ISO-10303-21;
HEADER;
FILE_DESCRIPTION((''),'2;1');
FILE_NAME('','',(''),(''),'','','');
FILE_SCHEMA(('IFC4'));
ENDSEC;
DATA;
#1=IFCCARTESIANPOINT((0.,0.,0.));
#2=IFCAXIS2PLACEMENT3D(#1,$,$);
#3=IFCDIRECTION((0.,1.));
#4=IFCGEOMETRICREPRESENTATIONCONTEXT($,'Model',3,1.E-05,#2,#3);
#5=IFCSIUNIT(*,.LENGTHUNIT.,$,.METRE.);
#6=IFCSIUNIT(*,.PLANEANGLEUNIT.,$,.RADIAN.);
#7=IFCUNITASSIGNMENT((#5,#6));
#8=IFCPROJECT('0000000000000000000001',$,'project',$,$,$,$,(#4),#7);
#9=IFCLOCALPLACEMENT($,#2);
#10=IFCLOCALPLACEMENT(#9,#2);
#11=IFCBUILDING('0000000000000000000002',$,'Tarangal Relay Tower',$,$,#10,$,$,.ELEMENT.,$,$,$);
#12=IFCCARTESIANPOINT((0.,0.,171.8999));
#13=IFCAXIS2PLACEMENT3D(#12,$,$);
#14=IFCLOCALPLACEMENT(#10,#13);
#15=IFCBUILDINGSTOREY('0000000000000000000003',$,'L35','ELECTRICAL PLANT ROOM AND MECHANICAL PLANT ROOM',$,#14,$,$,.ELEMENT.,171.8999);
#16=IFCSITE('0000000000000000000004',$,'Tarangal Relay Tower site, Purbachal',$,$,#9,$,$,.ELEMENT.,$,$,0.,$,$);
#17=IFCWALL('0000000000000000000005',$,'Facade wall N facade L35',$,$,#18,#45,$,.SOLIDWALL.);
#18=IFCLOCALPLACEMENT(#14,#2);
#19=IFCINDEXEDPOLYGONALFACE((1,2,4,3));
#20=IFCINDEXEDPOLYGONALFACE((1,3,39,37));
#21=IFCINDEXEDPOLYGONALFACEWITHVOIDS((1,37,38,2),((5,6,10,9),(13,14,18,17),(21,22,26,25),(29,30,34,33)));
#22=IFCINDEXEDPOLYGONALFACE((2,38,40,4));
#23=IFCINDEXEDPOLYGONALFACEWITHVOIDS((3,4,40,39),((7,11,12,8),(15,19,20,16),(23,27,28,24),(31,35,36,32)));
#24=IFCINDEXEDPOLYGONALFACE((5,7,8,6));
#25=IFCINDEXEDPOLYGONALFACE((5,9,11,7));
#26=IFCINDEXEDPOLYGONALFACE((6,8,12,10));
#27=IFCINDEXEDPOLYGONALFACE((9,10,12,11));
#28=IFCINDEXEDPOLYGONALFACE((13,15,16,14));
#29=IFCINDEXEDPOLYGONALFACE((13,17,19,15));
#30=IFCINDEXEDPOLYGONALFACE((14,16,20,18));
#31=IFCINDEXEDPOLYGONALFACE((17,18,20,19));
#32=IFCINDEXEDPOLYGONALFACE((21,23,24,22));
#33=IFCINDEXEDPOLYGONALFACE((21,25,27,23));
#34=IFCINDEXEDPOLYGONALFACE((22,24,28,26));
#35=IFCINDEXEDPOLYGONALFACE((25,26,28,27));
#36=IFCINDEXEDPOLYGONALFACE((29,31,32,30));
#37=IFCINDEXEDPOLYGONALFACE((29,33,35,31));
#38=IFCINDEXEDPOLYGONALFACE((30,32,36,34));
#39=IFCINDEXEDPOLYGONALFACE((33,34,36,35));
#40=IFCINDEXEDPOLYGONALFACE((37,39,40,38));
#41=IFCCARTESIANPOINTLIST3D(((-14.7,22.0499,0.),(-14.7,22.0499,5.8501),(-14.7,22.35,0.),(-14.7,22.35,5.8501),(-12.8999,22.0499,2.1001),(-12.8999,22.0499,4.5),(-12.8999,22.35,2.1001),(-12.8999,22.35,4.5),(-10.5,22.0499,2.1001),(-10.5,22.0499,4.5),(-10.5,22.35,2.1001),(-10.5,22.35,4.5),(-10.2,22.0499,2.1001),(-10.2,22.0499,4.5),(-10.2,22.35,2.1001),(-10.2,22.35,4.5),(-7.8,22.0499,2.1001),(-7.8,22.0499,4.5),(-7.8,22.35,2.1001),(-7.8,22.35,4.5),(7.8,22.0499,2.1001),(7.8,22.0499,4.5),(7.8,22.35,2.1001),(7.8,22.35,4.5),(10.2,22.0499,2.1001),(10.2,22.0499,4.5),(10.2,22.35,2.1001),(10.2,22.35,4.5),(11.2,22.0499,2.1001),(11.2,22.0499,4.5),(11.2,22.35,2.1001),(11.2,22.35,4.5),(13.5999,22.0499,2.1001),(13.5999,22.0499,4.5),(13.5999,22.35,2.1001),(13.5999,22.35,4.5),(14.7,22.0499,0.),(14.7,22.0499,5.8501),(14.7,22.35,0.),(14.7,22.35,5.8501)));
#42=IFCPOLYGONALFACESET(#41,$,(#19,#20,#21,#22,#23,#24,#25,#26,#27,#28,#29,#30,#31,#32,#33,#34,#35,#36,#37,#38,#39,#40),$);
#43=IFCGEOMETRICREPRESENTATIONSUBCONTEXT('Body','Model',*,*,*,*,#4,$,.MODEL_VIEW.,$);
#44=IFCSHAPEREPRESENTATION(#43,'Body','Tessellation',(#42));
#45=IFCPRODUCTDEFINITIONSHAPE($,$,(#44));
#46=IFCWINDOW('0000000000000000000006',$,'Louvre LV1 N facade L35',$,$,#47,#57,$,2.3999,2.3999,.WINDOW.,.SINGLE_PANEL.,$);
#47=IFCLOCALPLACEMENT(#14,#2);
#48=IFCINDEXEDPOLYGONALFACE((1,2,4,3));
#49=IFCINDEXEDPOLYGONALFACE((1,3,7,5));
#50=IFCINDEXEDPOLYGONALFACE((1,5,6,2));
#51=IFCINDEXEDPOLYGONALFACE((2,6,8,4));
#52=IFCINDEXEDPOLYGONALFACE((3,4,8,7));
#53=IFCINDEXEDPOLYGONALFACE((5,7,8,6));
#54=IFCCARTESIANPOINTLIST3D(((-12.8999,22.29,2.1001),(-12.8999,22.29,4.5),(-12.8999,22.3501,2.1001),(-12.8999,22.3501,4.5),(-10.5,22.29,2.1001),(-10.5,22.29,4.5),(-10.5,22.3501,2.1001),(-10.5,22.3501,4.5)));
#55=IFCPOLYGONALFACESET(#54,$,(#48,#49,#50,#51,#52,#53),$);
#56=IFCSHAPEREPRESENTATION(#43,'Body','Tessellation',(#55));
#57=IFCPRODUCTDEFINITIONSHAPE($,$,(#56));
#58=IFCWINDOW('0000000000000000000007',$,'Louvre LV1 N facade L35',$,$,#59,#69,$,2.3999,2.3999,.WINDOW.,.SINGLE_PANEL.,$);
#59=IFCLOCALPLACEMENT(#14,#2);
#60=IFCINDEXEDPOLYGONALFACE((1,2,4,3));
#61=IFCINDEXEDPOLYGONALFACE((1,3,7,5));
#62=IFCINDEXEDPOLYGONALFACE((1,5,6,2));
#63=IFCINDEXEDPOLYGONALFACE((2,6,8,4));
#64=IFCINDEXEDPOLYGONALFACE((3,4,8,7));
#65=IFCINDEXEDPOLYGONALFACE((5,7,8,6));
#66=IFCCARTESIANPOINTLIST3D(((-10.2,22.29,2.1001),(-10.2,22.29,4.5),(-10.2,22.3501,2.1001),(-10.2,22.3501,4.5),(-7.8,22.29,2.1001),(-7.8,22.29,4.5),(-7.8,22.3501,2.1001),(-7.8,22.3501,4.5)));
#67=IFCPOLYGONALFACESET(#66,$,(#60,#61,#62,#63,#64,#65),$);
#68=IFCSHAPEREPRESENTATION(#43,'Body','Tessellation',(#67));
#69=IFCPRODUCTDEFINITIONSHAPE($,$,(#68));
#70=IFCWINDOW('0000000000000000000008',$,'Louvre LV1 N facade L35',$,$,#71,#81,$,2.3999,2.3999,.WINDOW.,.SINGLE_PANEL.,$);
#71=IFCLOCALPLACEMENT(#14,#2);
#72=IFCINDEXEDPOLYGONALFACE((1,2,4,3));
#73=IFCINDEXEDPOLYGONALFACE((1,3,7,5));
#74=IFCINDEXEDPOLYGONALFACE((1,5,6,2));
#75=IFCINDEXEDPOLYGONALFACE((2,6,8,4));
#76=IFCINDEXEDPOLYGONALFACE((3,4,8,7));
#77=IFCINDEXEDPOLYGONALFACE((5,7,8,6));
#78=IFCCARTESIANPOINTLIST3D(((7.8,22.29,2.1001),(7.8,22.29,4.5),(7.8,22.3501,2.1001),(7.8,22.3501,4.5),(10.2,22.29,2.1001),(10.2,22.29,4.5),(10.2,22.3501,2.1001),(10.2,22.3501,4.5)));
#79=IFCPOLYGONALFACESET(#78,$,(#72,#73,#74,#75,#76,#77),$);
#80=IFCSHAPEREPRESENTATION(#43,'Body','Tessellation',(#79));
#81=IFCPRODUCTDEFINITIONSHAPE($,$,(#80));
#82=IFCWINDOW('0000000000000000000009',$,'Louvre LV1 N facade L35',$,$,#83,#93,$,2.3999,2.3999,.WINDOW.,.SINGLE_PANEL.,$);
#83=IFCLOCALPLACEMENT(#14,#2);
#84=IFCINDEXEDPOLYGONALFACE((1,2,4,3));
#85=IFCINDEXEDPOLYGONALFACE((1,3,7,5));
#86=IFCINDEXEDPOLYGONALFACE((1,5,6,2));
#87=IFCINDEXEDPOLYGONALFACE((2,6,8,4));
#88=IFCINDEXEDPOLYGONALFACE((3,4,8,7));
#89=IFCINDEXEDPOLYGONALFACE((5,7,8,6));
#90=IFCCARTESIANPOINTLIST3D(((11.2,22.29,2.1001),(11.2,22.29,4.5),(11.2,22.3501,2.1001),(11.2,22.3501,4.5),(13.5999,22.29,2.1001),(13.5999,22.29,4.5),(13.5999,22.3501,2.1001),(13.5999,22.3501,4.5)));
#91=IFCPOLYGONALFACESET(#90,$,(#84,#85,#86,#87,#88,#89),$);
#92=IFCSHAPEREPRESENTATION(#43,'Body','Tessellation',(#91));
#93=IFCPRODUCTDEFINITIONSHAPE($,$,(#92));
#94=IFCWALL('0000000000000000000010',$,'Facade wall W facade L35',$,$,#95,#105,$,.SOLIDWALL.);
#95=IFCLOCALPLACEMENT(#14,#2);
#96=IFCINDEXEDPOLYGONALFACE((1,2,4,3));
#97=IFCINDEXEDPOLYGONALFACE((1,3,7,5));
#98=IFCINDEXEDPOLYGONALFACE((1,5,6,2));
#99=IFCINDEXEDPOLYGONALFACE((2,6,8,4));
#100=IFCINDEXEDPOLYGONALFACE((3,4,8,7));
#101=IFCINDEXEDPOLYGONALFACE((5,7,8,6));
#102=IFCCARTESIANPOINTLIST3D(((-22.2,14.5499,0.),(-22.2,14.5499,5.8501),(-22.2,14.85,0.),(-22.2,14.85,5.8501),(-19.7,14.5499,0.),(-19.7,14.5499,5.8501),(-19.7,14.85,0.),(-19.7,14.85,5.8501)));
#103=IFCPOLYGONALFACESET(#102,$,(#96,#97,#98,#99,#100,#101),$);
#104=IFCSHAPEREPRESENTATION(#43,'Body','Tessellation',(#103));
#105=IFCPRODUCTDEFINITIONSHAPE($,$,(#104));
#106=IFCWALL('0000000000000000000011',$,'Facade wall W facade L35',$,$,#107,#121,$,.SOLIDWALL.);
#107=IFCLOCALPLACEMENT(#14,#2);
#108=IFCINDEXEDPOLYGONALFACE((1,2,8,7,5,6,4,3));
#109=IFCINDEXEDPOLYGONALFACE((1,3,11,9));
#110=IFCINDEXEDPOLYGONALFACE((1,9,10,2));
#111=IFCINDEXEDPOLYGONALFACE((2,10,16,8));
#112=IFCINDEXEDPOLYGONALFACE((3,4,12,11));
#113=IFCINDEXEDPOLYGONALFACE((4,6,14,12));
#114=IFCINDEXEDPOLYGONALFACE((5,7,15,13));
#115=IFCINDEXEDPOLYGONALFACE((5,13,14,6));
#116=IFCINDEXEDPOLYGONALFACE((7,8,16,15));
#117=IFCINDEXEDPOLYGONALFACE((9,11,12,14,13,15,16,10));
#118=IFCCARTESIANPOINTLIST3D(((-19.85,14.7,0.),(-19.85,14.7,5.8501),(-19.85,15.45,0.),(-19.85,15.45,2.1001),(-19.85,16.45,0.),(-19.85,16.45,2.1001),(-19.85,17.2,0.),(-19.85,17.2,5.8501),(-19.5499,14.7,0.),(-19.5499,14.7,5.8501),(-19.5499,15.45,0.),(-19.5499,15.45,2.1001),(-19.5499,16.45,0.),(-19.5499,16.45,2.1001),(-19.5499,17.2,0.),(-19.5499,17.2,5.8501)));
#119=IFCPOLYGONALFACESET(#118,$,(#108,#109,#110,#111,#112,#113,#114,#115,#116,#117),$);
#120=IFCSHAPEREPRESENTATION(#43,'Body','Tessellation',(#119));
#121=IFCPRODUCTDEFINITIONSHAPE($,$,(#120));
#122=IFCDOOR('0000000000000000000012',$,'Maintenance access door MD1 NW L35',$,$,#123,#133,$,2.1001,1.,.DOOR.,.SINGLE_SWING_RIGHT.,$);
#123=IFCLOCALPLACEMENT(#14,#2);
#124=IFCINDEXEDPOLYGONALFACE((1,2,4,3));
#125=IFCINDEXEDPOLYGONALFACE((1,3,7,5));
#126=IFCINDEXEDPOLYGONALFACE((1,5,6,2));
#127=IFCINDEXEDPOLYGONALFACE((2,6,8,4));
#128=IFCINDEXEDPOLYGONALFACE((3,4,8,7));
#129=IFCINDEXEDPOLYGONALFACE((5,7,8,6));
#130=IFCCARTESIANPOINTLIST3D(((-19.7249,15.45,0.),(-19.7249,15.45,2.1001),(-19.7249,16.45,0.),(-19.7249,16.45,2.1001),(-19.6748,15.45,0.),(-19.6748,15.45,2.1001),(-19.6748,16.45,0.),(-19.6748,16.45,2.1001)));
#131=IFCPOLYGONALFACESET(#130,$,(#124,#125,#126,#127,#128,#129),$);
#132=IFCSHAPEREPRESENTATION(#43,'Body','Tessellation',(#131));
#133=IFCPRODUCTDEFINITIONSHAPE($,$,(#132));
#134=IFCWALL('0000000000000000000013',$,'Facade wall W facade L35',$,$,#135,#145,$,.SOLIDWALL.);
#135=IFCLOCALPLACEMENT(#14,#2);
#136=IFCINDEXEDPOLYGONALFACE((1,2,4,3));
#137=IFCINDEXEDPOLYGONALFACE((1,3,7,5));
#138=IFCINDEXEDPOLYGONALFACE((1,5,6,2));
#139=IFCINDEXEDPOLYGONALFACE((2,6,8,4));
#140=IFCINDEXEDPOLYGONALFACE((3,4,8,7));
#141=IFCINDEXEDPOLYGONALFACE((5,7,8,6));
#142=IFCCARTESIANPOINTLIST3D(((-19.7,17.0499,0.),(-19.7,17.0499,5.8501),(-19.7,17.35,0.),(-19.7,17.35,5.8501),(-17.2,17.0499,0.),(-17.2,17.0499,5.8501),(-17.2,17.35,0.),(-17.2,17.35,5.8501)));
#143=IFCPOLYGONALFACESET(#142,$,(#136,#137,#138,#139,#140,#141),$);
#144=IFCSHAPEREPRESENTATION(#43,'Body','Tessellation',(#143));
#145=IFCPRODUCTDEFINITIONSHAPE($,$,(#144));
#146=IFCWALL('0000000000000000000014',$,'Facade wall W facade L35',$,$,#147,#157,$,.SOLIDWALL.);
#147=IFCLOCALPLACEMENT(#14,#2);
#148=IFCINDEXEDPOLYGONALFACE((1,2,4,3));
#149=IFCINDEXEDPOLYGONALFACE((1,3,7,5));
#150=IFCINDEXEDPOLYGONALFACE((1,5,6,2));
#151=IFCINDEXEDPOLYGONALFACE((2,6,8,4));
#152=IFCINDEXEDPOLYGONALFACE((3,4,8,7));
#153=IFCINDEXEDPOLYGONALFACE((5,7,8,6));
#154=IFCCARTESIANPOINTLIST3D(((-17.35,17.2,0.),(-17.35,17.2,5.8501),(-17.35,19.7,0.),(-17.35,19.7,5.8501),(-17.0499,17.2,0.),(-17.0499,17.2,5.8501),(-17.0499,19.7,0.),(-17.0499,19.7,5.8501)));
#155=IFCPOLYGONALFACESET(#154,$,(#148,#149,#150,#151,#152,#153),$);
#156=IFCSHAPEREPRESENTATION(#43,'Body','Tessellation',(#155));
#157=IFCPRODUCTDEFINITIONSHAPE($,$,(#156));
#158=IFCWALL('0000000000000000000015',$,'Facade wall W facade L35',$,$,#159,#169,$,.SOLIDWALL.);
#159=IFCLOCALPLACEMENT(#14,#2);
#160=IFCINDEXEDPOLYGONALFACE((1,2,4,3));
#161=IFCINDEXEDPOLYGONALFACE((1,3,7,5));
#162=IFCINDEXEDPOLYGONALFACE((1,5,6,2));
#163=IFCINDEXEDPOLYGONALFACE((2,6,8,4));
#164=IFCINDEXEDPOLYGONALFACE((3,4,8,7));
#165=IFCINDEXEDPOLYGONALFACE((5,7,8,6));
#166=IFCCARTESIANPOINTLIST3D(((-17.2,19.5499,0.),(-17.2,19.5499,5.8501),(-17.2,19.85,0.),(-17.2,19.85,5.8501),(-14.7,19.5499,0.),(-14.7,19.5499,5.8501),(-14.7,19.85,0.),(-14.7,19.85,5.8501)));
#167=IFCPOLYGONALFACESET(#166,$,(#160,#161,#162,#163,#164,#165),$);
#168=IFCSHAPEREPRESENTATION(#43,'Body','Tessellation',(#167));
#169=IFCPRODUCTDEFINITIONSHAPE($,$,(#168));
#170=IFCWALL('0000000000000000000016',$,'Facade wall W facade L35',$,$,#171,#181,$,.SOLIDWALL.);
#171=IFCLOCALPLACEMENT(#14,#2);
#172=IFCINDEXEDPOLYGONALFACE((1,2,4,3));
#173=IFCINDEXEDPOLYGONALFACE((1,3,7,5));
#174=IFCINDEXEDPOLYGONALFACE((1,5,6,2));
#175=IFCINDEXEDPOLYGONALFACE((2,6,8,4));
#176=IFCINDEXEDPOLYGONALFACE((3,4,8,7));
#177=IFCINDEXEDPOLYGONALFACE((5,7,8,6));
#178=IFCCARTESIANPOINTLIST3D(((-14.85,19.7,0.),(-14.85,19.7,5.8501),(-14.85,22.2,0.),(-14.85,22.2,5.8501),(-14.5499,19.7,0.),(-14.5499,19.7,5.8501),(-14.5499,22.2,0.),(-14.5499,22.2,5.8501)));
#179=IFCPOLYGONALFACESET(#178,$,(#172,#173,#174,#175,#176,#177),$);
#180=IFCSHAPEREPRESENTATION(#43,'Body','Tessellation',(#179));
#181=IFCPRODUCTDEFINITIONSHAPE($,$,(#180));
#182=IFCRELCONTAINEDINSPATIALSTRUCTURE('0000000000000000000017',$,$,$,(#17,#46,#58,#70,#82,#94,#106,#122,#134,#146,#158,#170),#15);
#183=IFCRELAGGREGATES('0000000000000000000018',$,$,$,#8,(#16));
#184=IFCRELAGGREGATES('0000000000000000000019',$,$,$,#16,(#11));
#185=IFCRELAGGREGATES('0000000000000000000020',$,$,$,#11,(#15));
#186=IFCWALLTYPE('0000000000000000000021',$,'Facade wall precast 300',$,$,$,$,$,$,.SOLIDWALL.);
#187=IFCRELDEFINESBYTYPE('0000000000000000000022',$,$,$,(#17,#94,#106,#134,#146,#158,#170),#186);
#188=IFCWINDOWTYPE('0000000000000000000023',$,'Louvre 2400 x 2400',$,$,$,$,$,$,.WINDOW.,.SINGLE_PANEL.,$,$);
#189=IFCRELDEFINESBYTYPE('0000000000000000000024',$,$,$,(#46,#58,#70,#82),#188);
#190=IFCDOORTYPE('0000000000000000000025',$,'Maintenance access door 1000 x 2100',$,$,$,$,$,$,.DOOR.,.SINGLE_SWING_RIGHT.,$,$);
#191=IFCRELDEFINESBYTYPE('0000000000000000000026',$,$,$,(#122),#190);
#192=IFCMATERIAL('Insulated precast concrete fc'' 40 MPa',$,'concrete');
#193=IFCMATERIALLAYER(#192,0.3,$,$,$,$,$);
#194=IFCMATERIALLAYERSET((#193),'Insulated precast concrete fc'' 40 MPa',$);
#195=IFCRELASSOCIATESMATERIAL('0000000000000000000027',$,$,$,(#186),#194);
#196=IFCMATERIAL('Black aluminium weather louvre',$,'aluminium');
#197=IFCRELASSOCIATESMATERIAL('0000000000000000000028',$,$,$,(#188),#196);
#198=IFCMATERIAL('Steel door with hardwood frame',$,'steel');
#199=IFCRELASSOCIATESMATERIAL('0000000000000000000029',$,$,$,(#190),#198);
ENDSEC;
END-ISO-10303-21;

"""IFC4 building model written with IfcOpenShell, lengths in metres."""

from ifc_helpers import new_model, si_unit, direction, frame, frame_2d, origin, place, context, subcontext, project, spatial, rectangle, extrude, material, layer, layer_set, type_object, element, fill, save


model = new_model("IFC4")

# Units and contexts
model_context = context("Model", 3, precision=1e-05, world=origin(), true_north=direction((0.0, 1.0)))
body_context = subcontext(model_context, "Body", "Model", "MODEL_VIEW")
ifc_project = project(units=[si_unit("LENGTHUNIT", "METRE"), si_unit("PLANEANGLEUNIT", "RADIAN")], contexts=[model_context])

# Site, building, storey
site_placement = place(None, origin())
site = spatial("IfcSite", under=ifc_project, at=site_placement, Name="Tarangal Relay Tower site, Purbachal", CompositionType="ELEMENT", RefElevation=0.0)
building_placement = place(site_placement, origin())
building = spatial("IfcBuilding", under=site, at=building_placement, Name="Tarangal Relay Tower", CompositionType="ELEMENT")
storey_placement = place(building_placement, frame((0.0, 0.0, 171.8999)))
storey = spatial("IfcBuildingStorey", under=building, at=storey_placement, Name="L35", Description="ELECTRICAL PLANT ROOM AND MECHANICAL PLANT ROOM", CompositionType="ELEMENT", Elevation=171.8999)

# Wall, openings, windows
ifc_material_1 = material(Name="Insulated precast concrete fc' 40 MPa", Category="concrete")
ifc_layer_1 = layer(ifc_material_1, 0.3)
ifc_layer_set_1 = layer_set([ifc_layer_1], Name="Insulated precast concrete fc' 40 MPa")
wall_type_1 = type_object("IfcWallType", Name="Facade wall precast 300", PredefinedType="SOLIDWALL", material=ifc_layer_set_1)
wall_1_placement = place(storey_placement, frame((-14.7, 22.2, 0.0), z_axis=(0.0, 0.0, 1.0), x_axis=(1.0, 0.0, 0.0)))
wall_1 = element("IfcWall", 1, at=wall_1_placement, inside=storey, type_object=wall_type_1, Name="Facade wall N facade L35", PredefinedType="SOLIDWALL", context=body_context, shape_type="SweptSolid", body=[
    extrude(rectangle(XDim=29.3999, YDim=0.3, at=frame_2d((14.7, 0.0))), origin(), (0.0, 0.0, 1.0), 5.8501),
])
opening_1_placement = place(wall_1_placement, frame((1.8, 0.0, 2.1001)))
opening_1 = element("IfcOpeningElement", 2, at=opening_1_placement, cuts=wall_1, PredefinedType="OPENING", context=body_context, shape_type="SweptSolid", body=[
    extrude(rectangle(XDim=2.3999, YDim=2.3999, at=frame_2d((1.2, 1.2))), frame((0.0, 0.1599, 0.0), z_axis=(0.0, -1.0, 0.0), x_axis=(1.0, 0.0, 0.0)), (0.0, 0.0, 1.0), 0.3201),
])
opening_2_placement = place(wall_1_placement, frame((4.5, 0.0, 2.1001)))
opening_2 = element("IfcOpeningElement", 3, at=opening_2_placement, cuts=wall_1, PredefinedType="OPENING", context=body_context, shape_type="SweptSolid", body=[
    extrude(rectangle(XDim=2.3999, YDim=2.3999, at=frame_2d((1.2, 1.2))), frame((0.0, 0.1599, 0.0), z_axis=(0.0, -1.0, 0.0), x_axis=(1.0, 0.0, 0.0)), (0.0, 0.0, 1.0), 0.3201),
])
opening_3_placement = place(wall_1_placement, frame((22.5, 0.0, 2.1001)))
opening_3 = element("IfcOpeningElement", 4, at=opening_3_placement, cuts=wall_1, PredefinedType="OPENING", context=body_context, shape_type="SweptSolid", body=[
    extrude(rectangle(XDim=2.3999, YDim=2.3999, at=frame_2d((1.2, 1.2))), frame((0.0, 0.1599, 0.0), z_axis=(0.0, -1.0, 0.0), x_axis=(1.0, 0.0, 0.0)), (0.0, 0.0, 1.0), 0.3201),
])
opening_4_placement = place(wall_1_placement, frame((25.8999, 0.0, 2.1001)))
opening_4 = element("IfcOpeningElement", 5, at=opening_4_placement, cuts=wall_1, PredefinedType="OPENING", context=body_context, shape_type="SweptSolid", body=[
    extrude(rectangle(XDim=2.3999, YDim=2.3999, at=frame_2d((1.2, 1.2))), frame((0.0, 0.1599, 0.0), z_axis=(0.0, -1.0, 0.0), x_axis=(1.0, 0.0, 0.0)), (0.0, 0.0, 1.0), 0.3201),
])
ifc_material_2 = material(Name="Black aluminium weather louvre", Category="aluminium")
window_type = type_object("IfcWindowType", Name="Louvre 2400 x 2400", PartitioningType="SINGLE_PANEL", PredefinedType="WINDOW", material=ifc_material_2)
window_1_placement = place(opening_1_placement, origin())
window_1 = element("IfcWindow", 6, at=window_1_placement, inside=storey, type_object=window_type, Name="Louvre LV1 N facade L35", OverallHeight=2.3999, OverallWidth=2.3999, PartitioningType="SINGLE_PANEL", PredefinedType="WINDOW", context=body_context, shape_type="SweptSolid", body=[
    extrude(rectangle(XDim=2.3999, YDim=2.3999, at=frame_2d((1.2, 1.2))), frame((0.0, 0.1501, 0.0), z_axis=(0.0, -1.0, 0.0), x_axis=(1.0, 0.0, 0.0)), (0.0, 0.0, 1.0), 0.0601),
])
fill(opening_1, window_1)
window_2_placement = place(opening_2_placement, origin())
window_2 = element("IfcWindow", 7, at=window_2_placement, inside=storey, type_object=window_type, Name="Louvre LV1 N facade L35", OverallHeight=2.3999, OverallWidth=2.3999, PartitioningType="SINGLE_PANEL", PredefinedType="WINDOW", context=body_context, shape_type="SweptSolid", body=[
    extrude(rectangle(XDim=2.3999, YDim=2.3999, at=frame_2d((1.2, 1.2))), frame((0.0, 0.1501, 0.0), z_axis=(0.0, -1.0, 0.0), x_axis=(1.0, 0.0, 0.0)), (0.0, 0.0, 1.0), 0.0601),
])
fill(opening_2, window_2)
window_3_placement = place(opening_3_placement, origin())
window_3 = element("IfcWindow", 8, at=window_3_placement, inside=storey, type_object=window_type, Name="Louvre LV1 N facade L35", OverallHeight=2.3999, OverallWidth=2.3999, PartitioningType="SINGLE_PANEL", PredefinedType="WINDOW", context=body_context, shape_type="SweptSolid", body=[
    extrude(rectangle(XDim=2.3999, YDim=2.3999, at=frame_2d((1.2, 1.2))), frame((0.0, 0.1501, 0.0), z_axis=(0.0, -1.0, 0.0), x_axis=(1.0, 0.0, 0.0)), (0.0, 0.0, 1.0), 0.0601),
])
fill(opening_3, window_3)
window_4_placement = place(opening_4_placement, origin())
window_4 = element("IfcWindow", 9, at=window_4_placement, inside=storey, type_object=window_type, Name="Louvre LV1 N facade L35", OverallHeight=2.3999, OverallWidth=2.3999, PartitioningType="SINGLE_PANEL", PredefinedType="WINDOW", context=body_context, shape_type="SweptSolid", body=[
    extrude(rectangle(XDim=2.3999, YDim=2.3999, at=frame_2d((1.2, 1.2))), frame((0.0, 0.1501, 0.0), z_axis=(0.0, -1.0, 0.0), x_axis=(1.0, 0.0, 0.0)), (0.0, 0.0, 1.0), 0.0601),
])
fill(opening_4, window_4)

# Wall
wall_2_placement = place(storey_placement, frame((-22.2, 14.7, 0.0), z_axis=(0.0, 0.0, 1.0), x_axis=(1.0, 0.0, 0.0)))
element("IfcWall", 10, at=wall_2_placement, inside=storey, type_object=wall_type_1, Name="Facade wall W facade L35", PredefinedType="SOLIDWALL", context=body_context, shape_type="SweptSolid", body=[
    extrude(rectangle(XDim=2.5, YDim=0.3, at=frame_2d((1.25, 0.0))), origin(), (0.0, 0.0, 1.0), 5.8501),
])

# Wall, opening, door
wall_3_placement = place(storey_placement, frame((-19.7, 14.7, 0.0), z_axis=(0.0, 0.0, 1.0), x_axis=(0.0, 1.0, 0.0)))
wall_3 = element("IfcWall", 11, at=wall_3_placement, inside=storey, type_object=wall_type_1, Name="Facade wall W facade L35", PredefinedType="SOLIDWALL", context=body_context, shape_type="SweptSolid", body=[
    extrude(rectangle(XDim=2.5, YDim=0.3, at=frame_2d((1.25, 0.0))), origin(), (0.0, 0.0, 1.0), 5.8501),
])
opening_5_placement = place(wall_3_placement, frame((0.75, 0.0, 0.0)))
opening_5 = element("IfcOpeningElement", 12, at=opening_5_placement, cuts=wall_3, PredefinedType="OPENING", context=body_context, shape_type="SweptSolid", body=[
    extrude(rectangle(XDim=1.0, YDim=2.1001, at=frame_2d((0.5, 1.05))), frame((0.0, 0.1599, 0.0), z_axis=(0.0, -1.0, 0.0), x_axis=(1.0, 0.0, 0.0)), (0.0, 0.0, 1.0), 0.3201),
])
ifc_material_3 = material(Name="Steel door with hardwood frame", Category="steel")
door_type = type_object("IfcDoorType", Name="Maintenance access door 1000 x 2100", OperationType="SINGLE_SWING_RIGHT", PredefinedType="DOOR", material=ifc_material_3)
door_placement = place(opening_5_placement, origin())
door = element("IfcDoor", 13, at=door_placement, inside=storey, type_object=door_type, Name="Maintenance access door MD1 NW L35", OperationType="SINGLE_SWING_RIGHT", OverallHeight=2.1001, OverallWidth=1.0, PredefinedType="DOOR", context=body_context, shape_type="SweptSolid", body=[
    extrude(rectangle(XDim=1.0, YDim=2.1001, at=frame_2d((0.5, 1.05))), frame((0.0, 0.0249, 0.0), z_axis=(0.0, -1.0, 0.0), x_axis=(1.0, 0.0, 0.0)), (0.0, 0.0, 1.0), 0.05),
])
fill(opening_5, door)

# Walls
for number, where, z_axis, x_axis, name in (
    (14, (-19.7, 17.2, 0.0), (0.0, 0.0, 1.0), (1.0, 0.0, 0.0), "Facade wall W facade L35"),
    (15, (-17.2, 17.2, 0.0), (0.0, 0.0, 1.0), (0.0, 1.0, 0.0), "Facade wall W facade L35"),
    (16, (-17.2, 19.7, 0.0), (0.0, 0.0, 1.0), (1.0, 0.0, 0.0), "Facade wall W facade L35"),
    (17, (-14.7, 19.7, 0.0), (0.0, 0.0, 1.0), (0.0, 1.0, 0.0), "Facade wall W facade L35"),
):
    element("IfcWall", number, at=place(storey_placement, frame(where, z_axis=z_axis, x_axis=x_axis)), inside=storey, type_object=wall_type_1, Name=name, PredefinedType="SOLIDWALL", context=body_context, shape_type="SweptSolid", body=[
        extrude(rectangle(XDim=2.5, YDim=0.3, at=frame_2d((1.25, 0.0))), origin(), (0.0, 0.0, 1.0), 5.8501),
    ])

save(model, "model.ifc")
